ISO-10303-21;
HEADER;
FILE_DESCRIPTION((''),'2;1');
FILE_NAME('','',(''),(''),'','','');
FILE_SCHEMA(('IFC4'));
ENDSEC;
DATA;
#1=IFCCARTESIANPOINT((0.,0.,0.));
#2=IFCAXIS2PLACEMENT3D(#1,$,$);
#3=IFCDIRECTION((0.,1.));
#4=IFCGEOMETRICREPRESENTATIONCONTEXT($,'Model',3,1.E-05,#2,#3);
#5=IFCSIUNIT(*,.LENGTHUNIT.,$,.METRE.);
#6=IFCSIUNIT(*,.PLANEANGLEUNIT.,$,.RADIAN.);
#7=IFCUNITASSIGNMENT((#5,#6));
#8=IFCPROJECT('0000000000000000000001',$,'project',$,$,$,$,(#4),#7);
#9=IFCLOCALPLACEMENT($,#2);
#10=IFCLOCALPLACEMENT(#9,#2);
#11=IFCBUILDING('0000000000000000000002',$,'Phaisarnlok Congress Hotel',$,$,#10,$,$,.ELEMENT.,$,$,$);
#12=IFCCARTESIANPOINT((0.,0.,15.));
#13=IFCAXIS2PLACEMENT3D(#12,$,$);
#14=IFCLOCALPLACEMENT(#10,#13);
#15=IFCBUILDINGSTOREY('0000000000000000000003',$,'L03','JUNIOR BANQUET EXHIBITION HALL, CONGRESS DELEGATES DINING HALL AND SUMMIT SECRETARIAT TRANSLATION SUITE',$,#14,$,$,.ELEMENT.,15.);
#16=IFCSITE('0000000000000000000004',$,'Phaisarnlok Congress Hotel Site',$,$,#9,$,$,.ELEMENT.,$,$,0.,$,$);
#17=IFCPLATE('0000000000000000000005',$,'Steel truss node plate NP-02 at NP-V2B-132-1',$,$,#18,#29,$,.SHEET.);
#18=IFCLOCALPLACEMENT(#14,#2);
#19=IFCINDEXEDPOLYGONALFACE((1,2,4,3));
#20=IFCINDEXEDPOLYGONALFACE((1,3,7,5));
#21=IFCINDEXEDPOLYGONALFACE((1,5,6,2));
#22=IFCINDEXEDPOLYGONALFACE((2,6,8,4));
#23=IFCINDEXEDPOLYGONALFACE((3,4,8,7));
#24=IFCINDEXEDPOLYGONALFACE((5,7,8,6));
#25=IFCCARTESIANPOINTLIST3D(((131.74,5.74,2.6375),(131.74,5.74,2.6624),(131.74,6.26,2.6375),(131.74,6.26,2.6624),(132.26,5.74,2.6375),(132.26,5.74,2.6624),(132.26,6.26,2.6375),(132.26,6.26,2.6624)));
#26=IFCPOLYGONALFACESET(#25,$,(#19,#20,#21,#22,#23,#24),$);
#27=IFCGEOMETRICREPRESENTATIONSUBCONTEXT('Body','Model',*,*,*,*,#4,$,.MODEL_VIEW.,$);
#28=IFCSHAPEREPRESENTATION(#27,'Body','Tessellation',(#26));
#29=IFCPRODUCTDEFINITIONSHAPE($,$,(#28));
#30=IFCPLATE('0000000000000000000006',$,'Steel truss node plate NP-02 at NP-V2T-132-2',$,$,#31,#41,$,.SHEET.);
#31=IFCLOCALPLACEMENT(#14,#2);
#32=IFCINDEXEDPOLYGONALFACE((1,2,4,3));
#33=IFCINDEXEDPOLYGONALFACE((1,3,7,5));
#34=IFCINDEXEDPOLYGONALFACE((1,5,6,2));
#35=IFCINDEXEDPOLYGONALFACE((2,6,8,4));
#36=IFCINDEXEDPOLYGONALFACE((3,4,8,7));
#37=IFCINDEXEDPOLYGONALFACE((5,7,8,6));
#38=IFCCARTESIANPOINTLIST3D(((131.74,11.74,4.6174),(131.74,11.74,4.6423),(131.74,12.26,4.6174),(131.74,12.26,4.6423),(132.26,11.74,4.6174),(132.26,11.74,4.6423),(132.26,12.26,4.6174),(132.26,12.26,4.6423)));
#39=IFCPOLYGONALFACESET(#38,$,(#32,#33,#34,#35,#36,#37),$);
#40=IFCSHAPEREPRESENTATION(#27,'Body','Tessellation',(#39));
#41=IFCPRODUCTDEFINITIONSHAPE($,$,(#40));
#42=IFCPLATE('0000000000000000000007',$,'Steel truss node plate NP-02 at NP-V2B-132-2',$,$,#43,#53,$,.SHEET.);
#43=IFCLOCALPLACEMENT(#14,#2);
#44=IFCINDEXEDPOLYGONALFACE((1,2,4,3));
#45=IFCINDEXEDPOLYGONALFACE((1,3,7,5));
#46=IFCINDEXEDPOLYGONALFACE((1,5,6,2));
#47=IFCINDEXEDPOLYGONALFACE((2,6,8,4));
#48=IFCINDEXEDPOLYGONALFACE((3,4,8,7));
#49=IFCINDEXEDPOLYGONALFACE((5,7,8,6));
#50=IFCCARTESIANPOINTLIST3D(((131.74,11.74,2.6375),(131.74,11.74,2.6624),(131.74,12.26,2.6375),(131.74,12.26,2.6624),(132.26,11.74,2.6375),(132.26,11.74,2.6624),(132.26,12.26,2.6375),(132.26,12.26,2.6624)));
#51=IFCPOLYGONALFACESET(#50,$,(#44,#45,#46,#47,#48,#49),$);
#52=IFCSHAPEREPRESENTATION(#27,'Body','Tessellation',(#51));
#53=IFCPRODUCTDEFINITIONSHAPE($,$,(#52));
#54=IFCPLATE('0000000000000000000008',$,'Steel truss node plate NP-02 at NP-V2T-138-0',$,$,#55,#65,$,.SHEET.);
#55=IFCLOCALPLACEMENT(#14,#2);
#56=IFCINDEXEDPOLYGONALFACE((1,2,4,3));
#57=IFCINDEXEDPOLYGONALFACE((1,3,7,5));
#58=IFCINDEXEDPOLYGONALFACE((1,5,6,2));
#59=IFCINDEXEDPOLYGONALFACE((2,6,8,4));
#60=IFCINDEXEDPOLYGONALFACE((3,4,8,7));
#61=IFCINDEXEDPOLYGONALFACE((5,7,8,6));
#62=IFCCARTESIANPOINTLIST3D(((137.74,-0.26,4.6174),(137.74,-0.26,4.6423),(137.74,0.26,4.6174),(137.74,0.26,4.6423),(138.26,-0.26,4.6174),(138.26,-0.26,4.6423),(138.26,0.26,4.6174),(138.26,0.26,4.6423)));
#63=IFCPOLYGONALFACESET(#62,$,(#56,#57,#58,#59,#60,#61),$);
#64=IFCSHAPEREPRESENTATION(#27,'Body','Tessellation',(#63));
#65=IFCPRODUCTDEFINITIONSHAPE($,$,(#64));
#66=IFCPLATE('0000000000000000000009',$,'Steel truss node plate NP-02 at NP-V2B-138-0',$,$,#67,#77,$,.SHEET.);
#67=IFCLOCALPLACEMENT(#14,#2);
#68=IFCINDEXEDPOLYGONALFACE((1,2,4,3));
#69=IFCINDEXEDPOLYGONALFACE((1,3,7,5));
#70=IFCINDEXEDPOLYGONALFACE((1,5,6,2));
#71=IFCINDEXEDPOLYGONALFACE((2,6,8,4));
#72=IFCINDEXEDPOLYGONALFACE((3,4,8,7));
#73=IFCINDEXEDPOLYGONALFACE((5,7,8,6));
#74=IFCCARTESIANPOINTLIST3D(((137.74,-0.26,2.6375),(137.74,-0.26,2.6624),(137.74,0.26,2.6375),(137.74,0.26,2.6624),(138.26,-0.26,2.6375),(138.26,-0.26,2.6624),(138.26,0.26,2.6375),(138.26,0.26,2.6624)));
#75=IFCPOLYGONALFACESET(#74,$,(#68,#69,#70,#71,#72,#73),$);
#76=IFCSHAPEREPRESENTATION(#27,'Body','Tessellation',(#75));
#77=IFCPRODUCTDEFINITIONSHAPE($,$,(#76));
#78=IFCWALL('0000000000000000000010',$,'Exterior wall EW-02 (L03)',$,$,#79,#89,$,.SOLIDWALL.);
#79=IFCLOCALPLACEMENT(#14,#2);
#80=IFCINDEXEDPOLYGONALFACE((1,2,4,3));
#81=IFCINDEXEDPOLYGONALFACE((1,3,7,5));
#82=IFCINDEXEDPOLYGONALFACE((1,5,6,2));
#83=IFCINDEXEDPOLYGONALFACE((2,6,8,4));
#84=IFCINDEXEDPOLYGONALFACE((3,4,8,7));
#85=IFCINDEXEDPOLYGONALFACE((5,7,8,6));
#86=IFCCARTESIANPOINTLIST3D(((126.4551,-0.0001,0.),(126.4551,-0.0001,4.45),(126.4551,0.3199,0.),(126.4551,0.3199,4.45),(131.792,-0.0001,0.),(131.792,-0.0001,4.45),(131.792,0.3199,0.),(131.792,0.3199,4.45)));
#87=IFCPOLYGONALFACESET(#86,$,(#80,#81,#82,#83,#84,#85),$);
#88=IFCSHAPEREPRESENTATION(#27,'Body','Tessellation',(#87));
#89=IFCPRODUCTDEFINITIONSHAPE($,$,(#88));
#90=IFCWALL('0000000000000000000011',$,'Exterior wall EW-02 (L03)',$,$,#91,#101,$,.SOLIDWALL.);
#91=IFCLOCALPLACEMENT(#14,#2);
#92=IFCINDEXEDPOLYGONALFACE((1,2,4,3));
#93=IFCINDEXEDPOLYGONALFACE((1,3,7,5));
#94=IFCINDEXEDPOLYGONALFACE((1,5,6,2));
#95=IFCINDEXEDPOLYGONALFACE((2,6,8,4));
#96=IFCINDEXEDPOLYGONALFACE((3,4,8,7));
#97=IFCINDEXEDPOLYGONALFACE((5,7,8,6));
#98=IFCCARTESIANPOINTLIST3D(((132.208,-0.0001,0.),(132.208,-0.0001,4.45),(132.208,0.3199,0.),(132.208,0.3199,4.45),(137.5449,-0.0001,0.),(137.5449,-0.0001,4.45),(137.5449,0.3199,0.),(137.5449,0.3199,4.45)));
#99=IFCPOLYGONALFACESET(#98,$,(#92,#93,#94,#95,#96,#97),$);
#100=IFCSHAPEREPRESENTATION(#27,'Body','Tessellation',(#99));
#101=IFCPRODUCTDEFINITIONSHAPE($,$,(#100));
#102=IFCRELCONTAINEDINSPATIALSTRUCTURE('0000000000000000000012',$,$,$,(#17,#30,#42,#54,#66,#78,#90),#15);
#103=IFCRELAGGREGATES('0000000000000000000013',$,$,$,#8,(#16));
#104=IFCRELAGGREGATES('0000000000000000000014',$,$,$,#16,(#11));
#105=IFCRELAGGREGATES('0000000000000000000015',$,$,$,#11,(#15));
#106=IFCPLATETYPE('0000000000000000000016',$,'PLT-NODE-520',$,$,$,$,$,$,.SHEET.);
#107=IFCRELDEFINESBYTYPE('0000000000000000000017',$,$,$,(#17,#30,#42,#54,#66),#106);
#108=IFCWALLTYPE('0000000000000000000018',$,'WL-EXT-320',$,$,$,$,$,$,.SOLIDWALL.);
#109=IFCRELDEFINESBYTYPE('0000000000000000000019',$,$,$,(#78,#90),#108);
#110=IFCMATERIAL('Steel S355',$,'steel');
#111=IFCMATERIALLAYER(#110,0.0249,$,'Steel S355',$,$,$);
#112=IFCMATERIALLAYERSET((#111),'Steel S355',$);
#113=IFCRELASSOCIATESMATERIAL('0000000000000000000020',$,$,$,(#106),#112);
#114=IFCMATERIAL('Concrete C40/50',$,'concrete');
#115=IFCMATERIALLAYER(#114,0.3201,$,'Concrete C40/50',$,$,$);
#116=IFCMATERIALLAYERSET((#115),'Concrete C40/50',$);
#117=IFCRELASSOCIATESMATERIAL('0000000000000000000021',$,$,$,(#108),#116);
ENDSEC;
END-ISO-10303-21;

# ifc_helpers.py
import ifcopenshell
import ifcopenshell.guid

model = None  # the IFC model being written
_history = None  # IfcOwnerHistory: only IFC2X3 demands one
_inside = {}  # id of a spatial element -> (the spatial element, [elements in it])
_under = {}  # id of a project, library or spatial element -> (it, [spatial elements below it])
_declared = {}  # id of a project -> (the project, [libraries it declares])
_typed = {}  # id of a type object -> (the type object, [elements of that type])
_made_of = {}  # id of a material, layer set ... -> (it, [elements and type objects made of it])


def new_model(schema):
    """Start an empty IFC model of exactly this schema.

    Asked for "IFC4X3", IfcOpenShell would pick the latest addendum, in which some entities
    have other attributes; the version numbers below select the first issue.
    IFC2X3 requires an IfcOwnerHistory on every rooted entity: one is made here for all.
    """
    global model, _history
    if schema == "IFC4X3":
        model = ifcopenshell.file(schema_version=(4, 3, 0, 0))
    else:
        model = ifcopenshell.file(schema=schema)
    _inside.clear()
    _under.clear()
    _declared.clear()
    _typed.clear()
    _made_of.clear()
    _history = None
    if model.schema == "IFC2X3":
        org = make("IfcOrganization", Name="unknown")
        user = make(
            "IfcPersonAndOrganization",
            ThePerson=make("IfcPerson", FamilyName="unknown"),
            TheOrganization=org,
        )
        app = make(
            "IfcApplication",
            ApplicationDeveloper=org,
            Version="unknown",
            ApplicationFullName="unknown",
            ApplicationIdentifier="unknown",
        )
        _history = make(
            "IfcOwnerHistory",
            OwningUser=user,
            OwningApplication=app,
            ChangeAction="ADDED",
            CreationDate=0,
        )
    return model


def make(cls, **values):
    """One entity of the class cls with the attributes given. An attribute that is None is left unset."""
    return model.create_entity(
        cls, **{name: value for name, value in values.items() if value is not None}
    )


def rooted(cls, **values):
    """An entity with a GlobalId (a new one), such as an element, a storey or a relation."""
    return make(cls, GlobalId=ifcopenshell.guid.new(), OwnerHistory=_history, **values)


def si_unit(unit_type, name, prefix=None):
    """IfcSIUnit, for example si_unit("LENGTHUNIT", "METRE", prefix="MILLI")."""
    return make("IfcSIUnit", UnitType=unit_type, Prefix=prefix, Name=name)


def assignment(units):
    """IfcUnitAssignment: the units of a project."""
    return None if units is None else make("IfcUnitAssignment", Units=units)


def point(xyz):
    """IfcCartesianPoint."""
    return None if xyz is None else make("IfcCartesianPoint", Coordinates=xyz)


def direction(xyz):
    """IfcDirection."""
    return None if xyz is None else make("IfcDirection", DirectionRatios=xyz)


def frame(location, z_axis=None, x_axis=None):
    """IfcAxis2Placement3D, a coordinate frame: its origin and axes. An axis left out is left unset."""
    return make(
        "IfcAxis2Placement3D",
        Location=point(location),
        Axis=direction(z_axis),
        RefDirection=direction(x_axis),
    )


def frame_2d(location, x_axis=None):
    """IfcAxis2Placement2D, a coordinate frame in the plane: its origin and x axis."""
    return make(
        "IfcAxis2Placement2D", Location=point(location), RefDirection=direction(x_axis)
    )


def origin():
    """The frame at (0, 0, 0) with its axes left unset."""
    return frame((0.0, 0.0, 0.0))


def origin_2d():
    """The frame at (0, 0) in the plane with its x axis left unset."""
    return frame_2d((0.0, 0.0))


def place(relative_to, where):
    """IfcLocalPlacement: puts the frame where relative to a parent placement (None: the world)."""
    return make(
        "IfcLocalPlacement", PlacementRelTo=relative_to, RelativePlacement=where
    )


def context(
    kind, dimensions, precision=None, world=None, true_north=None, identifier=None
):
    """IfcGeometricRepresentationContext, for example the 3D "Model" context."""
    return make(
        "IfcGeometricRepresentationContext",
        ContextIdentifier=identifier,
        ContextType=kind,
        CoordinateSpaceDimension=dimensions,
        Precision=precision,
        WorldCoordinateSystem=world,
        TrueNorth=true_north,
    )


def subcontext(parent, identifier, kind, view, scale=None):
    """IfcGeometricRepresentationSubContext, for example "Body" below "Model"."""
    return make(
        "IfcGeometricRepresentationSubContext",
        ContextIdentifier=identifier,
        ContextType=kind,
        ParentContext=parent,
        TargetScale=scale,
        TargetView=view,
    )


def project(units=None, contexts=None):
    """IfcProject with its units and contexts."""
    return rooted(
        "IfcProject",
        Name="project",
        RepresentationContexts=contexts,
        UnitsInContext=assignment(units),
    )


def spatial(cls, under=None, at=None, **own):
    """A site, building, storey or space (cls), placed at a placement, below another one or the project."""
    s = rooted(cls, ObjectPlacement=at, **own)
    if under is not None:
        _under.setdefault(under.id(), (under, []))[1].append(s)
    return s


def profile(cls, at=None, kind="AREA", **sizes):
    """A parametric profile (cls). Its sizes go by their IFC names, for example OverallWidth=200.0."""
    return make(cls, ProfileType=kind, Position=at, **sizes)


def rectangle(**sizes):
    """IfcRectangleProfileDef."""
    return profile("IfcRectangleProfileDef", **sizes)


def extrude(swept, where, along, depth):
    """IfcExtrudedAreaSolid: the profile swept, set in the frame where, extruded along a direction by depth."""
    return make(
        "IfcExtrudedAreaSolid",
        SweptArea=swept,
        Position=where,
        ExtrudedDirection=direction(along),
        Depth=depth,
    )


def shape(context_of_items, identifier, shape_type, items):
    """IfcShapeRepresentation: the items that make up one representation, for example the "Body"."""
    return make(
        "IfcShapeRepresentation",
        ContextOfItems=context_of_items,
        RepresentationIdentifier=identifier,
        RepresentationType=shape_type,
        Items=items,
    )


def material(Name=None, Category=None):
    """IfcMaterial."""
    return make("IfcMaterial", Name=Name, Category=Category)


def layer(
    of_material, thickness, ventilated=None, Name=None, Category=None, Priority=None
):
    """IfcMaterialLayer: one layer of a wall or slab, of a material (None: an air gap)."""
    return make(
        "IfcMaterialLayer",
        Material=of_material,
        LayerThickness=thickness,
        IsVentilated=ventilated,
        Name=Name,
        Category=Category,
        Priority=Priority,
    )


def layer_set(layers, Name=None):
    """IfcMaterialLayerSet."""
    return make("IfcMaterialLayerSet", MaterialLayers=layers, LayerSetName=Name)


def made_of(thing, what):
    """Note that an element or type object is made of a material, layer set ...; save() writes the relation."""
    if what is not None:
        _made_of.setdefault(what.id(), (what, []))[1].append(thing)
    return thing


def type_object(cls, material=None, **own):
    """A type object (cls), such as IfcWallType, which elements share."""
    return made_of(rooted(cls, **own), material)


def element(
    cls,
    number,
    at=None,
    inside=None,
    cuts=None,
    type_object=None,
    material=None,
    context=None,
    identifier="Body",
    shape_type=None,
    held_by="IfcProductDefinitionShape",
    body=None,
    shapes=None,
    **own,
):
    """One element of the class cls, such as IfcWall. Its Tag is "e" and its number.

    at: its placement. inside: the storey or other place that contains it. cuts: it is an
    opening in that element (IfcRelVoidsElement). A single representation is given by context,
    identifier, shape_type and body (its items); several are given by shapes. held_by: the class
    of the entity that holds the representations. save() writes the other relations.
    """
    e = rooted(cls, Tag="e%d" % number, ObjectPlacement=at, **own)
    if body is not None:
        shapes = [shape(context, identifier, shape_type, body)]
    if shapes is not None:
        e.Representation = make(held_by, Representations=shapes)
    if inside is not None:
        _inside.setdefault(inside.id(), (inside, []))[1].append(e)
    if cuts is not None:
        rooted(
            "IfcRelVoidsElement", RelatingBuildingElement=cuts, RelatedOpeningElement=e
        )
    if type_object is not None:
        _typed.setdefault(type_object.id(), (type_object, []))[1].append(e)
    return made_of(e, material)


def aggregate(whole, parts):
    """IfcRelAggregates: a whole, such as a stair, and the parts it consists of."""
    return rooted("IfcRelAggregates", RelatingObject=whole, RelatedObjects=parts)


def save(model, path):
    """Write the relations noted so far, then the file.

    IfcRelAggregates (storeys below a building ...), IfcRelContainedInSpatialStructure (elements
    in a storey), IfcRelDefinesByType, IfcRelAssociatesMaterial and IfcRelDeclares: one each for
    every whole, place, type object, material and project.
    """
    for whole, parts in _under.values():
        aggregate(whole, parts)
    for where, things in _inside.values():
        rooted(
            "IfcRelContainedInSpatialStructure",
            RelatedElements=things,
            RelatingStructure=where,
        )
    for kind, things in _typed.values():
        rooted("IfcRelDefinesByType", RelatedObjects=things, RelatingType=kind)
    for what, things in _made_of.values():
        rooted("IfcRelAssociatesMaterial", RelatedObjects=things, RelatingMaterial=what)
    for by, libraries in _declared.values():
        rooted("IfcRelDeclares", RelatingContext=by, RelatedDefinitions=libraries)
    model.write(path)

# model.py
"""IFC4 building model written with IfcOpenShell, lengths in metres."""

from ifc_helpers import new_model, si_unit, direction, frame, frame_2d, origin, origin_2d, place, context, subcontext, project, spatial, rectangle, extrude, material, layer, layer_set, type_object, element, save


model = new_model("IFC4")

# Units and contexts
model_context = context("Model", 3, precision=1e-05, world=origin(), true_north=direction((0.0, 1.0)))
body_context = subcontext(model_context, "Body", "Model", "MODEL_VIEW")
ifc_project = project(units=[si_unit("LENGTHUNIT", "METRE"), si_unit("PLANEANGLEUNIT", "RADIAN")], contexts=[model_context])

# Site, building, storey
site_placement = place(None, origin())
site = spatial("IfcSite", under=ifc_project, at=site_placement, Name="Phaisarnlok Congress Hotel Site", CompositionType="ELEMENT", RefElevation=0.0)
building_placement = place(site_placement, origin())
building = spatial("IfcBuilding", under=site, at=building_placement, Name="Phaisarnlok Congress Hotel", CompositionType="ELEMENT")
storey_placement = place(building_placement, frame((0.0, 0.0, 15.0)))
storey = spatial("IfcBuildingStorey", under=building, at=storey_placement, Name="L03", Description="JUNIOR BANQUET EXHIBITION HALL, CONGRESS DELEGATES DINING HALL AND SUMMIT SECRETARIAT TRANSLATION SUITE", CompositionType="ELEMENT", Elevation=15.0)

# Shared definitions
ifc_material_1 = material(Name="Steel S355", Category="steel")

# Plates
ifc_layer_1 = layer(ifc_material_1, 0.0249, Name="Steel S355")
ifc_layer_set_1 = layer_set([ifc_layer_1], Name="Steel S355")
plate_type_1 = type_object("IfcPlateType", Name="PLT-NODE-520", PredefinedType="SHEET", material=ifc_layer_set_1)
for number, where, z_axis, x_axis, name in (
    (1, (132.0, 6.0, 2.6375), (0.0, 0.0, 1.0), (1.0, 0.0, 0.0), "Steel truss node plate NP-02 at NP-V2B-132-1"),
    (2, (132.0, 12.0, 4.6174), (0.0, 0.0, 1.0), (1.0, 0.0, 0.0), "Steel truss node plate NP-02 at NP-V2T-132-2"),
    (3, (132.0, 12.0, 2.6375), (0.0, 0.0, 1.0), (1.0, 0.0, 0.0), "Steel truss node plate NP-02 at NP-V2B-132-2"),
    (4, (138.0, 0.0, 4.6174), (0.0, 0.0, 1.0), (1.0, 0.0, 0.0), "Steel truss node plate NP-02 at NP-V2T-138-0"),
    (5, (138.0, 0.0, 2.6375), (0.0, 0.0, 1.0), (1.0, 0.0, 0.0), "Steel truss node plate NP-02 at NP-V2B-138-0"),
):
    element("IfcPlate", number, at=place(storey_placement, frame(where, z_axis=z_axis, x_axis=x_axis)), inside=storey, type_object=plate_type_1, Name=name, PredefinedType="SHEET", context=body_context, shape_type="SweptSolid", body=[
        extrude(rectangle(XDim=0.52, YDim=0.52, at=origin_2d()), origin(), (0.0, 0.0, 1.0), 0.0249),
    ])

# Walls
ifc_material_2 = material(Name="Concrete C40/50", Category="concrete")
ifc_layer_2 = layer(ifc_material_2, 0.3201, Name="Concrete C40/50")
ifc_layer_set_2 = layer_set([ifc_layer_2], Name="Concrete C40/50")
wall_type = type_object("IfcWallType", Name="WL-EXT-320", PredefinedType="SOLIDWALL", material=ifc_layer_set_2)
for number, where, z_axis, x_axis, name in (
    (6, (126.4551, 0.1599, 0.0), (0.0, 0.0, 1.0), (1.0, 0.0, 0.0), "Exterior wall EW-02 (L03)"),
    (7, (132.208, 0.1599, 0.0), (0.0, 0.0, 1.0), (1.0, 0.0, 0.0), "Exterior wall EW-02 (L03)"),
):
    element("IfcWall", number, at=place(storey_placement, frame(where, z_axis=z_axis, x_axis=x_axis)), inside=storey, type_object=wall_type, Name=name, PredefinedType="SOLIDWALL", context=body_context, shape_type="SweptSolid", body=[
        extrude(rectangle(XDim=5.3369, YDim=0.3201, at=frame_2d((2.6685, 0.0))), origin(), (0.0, 0.0, 1.0), 4.45),
    ])

save(model, "model.ifc")
